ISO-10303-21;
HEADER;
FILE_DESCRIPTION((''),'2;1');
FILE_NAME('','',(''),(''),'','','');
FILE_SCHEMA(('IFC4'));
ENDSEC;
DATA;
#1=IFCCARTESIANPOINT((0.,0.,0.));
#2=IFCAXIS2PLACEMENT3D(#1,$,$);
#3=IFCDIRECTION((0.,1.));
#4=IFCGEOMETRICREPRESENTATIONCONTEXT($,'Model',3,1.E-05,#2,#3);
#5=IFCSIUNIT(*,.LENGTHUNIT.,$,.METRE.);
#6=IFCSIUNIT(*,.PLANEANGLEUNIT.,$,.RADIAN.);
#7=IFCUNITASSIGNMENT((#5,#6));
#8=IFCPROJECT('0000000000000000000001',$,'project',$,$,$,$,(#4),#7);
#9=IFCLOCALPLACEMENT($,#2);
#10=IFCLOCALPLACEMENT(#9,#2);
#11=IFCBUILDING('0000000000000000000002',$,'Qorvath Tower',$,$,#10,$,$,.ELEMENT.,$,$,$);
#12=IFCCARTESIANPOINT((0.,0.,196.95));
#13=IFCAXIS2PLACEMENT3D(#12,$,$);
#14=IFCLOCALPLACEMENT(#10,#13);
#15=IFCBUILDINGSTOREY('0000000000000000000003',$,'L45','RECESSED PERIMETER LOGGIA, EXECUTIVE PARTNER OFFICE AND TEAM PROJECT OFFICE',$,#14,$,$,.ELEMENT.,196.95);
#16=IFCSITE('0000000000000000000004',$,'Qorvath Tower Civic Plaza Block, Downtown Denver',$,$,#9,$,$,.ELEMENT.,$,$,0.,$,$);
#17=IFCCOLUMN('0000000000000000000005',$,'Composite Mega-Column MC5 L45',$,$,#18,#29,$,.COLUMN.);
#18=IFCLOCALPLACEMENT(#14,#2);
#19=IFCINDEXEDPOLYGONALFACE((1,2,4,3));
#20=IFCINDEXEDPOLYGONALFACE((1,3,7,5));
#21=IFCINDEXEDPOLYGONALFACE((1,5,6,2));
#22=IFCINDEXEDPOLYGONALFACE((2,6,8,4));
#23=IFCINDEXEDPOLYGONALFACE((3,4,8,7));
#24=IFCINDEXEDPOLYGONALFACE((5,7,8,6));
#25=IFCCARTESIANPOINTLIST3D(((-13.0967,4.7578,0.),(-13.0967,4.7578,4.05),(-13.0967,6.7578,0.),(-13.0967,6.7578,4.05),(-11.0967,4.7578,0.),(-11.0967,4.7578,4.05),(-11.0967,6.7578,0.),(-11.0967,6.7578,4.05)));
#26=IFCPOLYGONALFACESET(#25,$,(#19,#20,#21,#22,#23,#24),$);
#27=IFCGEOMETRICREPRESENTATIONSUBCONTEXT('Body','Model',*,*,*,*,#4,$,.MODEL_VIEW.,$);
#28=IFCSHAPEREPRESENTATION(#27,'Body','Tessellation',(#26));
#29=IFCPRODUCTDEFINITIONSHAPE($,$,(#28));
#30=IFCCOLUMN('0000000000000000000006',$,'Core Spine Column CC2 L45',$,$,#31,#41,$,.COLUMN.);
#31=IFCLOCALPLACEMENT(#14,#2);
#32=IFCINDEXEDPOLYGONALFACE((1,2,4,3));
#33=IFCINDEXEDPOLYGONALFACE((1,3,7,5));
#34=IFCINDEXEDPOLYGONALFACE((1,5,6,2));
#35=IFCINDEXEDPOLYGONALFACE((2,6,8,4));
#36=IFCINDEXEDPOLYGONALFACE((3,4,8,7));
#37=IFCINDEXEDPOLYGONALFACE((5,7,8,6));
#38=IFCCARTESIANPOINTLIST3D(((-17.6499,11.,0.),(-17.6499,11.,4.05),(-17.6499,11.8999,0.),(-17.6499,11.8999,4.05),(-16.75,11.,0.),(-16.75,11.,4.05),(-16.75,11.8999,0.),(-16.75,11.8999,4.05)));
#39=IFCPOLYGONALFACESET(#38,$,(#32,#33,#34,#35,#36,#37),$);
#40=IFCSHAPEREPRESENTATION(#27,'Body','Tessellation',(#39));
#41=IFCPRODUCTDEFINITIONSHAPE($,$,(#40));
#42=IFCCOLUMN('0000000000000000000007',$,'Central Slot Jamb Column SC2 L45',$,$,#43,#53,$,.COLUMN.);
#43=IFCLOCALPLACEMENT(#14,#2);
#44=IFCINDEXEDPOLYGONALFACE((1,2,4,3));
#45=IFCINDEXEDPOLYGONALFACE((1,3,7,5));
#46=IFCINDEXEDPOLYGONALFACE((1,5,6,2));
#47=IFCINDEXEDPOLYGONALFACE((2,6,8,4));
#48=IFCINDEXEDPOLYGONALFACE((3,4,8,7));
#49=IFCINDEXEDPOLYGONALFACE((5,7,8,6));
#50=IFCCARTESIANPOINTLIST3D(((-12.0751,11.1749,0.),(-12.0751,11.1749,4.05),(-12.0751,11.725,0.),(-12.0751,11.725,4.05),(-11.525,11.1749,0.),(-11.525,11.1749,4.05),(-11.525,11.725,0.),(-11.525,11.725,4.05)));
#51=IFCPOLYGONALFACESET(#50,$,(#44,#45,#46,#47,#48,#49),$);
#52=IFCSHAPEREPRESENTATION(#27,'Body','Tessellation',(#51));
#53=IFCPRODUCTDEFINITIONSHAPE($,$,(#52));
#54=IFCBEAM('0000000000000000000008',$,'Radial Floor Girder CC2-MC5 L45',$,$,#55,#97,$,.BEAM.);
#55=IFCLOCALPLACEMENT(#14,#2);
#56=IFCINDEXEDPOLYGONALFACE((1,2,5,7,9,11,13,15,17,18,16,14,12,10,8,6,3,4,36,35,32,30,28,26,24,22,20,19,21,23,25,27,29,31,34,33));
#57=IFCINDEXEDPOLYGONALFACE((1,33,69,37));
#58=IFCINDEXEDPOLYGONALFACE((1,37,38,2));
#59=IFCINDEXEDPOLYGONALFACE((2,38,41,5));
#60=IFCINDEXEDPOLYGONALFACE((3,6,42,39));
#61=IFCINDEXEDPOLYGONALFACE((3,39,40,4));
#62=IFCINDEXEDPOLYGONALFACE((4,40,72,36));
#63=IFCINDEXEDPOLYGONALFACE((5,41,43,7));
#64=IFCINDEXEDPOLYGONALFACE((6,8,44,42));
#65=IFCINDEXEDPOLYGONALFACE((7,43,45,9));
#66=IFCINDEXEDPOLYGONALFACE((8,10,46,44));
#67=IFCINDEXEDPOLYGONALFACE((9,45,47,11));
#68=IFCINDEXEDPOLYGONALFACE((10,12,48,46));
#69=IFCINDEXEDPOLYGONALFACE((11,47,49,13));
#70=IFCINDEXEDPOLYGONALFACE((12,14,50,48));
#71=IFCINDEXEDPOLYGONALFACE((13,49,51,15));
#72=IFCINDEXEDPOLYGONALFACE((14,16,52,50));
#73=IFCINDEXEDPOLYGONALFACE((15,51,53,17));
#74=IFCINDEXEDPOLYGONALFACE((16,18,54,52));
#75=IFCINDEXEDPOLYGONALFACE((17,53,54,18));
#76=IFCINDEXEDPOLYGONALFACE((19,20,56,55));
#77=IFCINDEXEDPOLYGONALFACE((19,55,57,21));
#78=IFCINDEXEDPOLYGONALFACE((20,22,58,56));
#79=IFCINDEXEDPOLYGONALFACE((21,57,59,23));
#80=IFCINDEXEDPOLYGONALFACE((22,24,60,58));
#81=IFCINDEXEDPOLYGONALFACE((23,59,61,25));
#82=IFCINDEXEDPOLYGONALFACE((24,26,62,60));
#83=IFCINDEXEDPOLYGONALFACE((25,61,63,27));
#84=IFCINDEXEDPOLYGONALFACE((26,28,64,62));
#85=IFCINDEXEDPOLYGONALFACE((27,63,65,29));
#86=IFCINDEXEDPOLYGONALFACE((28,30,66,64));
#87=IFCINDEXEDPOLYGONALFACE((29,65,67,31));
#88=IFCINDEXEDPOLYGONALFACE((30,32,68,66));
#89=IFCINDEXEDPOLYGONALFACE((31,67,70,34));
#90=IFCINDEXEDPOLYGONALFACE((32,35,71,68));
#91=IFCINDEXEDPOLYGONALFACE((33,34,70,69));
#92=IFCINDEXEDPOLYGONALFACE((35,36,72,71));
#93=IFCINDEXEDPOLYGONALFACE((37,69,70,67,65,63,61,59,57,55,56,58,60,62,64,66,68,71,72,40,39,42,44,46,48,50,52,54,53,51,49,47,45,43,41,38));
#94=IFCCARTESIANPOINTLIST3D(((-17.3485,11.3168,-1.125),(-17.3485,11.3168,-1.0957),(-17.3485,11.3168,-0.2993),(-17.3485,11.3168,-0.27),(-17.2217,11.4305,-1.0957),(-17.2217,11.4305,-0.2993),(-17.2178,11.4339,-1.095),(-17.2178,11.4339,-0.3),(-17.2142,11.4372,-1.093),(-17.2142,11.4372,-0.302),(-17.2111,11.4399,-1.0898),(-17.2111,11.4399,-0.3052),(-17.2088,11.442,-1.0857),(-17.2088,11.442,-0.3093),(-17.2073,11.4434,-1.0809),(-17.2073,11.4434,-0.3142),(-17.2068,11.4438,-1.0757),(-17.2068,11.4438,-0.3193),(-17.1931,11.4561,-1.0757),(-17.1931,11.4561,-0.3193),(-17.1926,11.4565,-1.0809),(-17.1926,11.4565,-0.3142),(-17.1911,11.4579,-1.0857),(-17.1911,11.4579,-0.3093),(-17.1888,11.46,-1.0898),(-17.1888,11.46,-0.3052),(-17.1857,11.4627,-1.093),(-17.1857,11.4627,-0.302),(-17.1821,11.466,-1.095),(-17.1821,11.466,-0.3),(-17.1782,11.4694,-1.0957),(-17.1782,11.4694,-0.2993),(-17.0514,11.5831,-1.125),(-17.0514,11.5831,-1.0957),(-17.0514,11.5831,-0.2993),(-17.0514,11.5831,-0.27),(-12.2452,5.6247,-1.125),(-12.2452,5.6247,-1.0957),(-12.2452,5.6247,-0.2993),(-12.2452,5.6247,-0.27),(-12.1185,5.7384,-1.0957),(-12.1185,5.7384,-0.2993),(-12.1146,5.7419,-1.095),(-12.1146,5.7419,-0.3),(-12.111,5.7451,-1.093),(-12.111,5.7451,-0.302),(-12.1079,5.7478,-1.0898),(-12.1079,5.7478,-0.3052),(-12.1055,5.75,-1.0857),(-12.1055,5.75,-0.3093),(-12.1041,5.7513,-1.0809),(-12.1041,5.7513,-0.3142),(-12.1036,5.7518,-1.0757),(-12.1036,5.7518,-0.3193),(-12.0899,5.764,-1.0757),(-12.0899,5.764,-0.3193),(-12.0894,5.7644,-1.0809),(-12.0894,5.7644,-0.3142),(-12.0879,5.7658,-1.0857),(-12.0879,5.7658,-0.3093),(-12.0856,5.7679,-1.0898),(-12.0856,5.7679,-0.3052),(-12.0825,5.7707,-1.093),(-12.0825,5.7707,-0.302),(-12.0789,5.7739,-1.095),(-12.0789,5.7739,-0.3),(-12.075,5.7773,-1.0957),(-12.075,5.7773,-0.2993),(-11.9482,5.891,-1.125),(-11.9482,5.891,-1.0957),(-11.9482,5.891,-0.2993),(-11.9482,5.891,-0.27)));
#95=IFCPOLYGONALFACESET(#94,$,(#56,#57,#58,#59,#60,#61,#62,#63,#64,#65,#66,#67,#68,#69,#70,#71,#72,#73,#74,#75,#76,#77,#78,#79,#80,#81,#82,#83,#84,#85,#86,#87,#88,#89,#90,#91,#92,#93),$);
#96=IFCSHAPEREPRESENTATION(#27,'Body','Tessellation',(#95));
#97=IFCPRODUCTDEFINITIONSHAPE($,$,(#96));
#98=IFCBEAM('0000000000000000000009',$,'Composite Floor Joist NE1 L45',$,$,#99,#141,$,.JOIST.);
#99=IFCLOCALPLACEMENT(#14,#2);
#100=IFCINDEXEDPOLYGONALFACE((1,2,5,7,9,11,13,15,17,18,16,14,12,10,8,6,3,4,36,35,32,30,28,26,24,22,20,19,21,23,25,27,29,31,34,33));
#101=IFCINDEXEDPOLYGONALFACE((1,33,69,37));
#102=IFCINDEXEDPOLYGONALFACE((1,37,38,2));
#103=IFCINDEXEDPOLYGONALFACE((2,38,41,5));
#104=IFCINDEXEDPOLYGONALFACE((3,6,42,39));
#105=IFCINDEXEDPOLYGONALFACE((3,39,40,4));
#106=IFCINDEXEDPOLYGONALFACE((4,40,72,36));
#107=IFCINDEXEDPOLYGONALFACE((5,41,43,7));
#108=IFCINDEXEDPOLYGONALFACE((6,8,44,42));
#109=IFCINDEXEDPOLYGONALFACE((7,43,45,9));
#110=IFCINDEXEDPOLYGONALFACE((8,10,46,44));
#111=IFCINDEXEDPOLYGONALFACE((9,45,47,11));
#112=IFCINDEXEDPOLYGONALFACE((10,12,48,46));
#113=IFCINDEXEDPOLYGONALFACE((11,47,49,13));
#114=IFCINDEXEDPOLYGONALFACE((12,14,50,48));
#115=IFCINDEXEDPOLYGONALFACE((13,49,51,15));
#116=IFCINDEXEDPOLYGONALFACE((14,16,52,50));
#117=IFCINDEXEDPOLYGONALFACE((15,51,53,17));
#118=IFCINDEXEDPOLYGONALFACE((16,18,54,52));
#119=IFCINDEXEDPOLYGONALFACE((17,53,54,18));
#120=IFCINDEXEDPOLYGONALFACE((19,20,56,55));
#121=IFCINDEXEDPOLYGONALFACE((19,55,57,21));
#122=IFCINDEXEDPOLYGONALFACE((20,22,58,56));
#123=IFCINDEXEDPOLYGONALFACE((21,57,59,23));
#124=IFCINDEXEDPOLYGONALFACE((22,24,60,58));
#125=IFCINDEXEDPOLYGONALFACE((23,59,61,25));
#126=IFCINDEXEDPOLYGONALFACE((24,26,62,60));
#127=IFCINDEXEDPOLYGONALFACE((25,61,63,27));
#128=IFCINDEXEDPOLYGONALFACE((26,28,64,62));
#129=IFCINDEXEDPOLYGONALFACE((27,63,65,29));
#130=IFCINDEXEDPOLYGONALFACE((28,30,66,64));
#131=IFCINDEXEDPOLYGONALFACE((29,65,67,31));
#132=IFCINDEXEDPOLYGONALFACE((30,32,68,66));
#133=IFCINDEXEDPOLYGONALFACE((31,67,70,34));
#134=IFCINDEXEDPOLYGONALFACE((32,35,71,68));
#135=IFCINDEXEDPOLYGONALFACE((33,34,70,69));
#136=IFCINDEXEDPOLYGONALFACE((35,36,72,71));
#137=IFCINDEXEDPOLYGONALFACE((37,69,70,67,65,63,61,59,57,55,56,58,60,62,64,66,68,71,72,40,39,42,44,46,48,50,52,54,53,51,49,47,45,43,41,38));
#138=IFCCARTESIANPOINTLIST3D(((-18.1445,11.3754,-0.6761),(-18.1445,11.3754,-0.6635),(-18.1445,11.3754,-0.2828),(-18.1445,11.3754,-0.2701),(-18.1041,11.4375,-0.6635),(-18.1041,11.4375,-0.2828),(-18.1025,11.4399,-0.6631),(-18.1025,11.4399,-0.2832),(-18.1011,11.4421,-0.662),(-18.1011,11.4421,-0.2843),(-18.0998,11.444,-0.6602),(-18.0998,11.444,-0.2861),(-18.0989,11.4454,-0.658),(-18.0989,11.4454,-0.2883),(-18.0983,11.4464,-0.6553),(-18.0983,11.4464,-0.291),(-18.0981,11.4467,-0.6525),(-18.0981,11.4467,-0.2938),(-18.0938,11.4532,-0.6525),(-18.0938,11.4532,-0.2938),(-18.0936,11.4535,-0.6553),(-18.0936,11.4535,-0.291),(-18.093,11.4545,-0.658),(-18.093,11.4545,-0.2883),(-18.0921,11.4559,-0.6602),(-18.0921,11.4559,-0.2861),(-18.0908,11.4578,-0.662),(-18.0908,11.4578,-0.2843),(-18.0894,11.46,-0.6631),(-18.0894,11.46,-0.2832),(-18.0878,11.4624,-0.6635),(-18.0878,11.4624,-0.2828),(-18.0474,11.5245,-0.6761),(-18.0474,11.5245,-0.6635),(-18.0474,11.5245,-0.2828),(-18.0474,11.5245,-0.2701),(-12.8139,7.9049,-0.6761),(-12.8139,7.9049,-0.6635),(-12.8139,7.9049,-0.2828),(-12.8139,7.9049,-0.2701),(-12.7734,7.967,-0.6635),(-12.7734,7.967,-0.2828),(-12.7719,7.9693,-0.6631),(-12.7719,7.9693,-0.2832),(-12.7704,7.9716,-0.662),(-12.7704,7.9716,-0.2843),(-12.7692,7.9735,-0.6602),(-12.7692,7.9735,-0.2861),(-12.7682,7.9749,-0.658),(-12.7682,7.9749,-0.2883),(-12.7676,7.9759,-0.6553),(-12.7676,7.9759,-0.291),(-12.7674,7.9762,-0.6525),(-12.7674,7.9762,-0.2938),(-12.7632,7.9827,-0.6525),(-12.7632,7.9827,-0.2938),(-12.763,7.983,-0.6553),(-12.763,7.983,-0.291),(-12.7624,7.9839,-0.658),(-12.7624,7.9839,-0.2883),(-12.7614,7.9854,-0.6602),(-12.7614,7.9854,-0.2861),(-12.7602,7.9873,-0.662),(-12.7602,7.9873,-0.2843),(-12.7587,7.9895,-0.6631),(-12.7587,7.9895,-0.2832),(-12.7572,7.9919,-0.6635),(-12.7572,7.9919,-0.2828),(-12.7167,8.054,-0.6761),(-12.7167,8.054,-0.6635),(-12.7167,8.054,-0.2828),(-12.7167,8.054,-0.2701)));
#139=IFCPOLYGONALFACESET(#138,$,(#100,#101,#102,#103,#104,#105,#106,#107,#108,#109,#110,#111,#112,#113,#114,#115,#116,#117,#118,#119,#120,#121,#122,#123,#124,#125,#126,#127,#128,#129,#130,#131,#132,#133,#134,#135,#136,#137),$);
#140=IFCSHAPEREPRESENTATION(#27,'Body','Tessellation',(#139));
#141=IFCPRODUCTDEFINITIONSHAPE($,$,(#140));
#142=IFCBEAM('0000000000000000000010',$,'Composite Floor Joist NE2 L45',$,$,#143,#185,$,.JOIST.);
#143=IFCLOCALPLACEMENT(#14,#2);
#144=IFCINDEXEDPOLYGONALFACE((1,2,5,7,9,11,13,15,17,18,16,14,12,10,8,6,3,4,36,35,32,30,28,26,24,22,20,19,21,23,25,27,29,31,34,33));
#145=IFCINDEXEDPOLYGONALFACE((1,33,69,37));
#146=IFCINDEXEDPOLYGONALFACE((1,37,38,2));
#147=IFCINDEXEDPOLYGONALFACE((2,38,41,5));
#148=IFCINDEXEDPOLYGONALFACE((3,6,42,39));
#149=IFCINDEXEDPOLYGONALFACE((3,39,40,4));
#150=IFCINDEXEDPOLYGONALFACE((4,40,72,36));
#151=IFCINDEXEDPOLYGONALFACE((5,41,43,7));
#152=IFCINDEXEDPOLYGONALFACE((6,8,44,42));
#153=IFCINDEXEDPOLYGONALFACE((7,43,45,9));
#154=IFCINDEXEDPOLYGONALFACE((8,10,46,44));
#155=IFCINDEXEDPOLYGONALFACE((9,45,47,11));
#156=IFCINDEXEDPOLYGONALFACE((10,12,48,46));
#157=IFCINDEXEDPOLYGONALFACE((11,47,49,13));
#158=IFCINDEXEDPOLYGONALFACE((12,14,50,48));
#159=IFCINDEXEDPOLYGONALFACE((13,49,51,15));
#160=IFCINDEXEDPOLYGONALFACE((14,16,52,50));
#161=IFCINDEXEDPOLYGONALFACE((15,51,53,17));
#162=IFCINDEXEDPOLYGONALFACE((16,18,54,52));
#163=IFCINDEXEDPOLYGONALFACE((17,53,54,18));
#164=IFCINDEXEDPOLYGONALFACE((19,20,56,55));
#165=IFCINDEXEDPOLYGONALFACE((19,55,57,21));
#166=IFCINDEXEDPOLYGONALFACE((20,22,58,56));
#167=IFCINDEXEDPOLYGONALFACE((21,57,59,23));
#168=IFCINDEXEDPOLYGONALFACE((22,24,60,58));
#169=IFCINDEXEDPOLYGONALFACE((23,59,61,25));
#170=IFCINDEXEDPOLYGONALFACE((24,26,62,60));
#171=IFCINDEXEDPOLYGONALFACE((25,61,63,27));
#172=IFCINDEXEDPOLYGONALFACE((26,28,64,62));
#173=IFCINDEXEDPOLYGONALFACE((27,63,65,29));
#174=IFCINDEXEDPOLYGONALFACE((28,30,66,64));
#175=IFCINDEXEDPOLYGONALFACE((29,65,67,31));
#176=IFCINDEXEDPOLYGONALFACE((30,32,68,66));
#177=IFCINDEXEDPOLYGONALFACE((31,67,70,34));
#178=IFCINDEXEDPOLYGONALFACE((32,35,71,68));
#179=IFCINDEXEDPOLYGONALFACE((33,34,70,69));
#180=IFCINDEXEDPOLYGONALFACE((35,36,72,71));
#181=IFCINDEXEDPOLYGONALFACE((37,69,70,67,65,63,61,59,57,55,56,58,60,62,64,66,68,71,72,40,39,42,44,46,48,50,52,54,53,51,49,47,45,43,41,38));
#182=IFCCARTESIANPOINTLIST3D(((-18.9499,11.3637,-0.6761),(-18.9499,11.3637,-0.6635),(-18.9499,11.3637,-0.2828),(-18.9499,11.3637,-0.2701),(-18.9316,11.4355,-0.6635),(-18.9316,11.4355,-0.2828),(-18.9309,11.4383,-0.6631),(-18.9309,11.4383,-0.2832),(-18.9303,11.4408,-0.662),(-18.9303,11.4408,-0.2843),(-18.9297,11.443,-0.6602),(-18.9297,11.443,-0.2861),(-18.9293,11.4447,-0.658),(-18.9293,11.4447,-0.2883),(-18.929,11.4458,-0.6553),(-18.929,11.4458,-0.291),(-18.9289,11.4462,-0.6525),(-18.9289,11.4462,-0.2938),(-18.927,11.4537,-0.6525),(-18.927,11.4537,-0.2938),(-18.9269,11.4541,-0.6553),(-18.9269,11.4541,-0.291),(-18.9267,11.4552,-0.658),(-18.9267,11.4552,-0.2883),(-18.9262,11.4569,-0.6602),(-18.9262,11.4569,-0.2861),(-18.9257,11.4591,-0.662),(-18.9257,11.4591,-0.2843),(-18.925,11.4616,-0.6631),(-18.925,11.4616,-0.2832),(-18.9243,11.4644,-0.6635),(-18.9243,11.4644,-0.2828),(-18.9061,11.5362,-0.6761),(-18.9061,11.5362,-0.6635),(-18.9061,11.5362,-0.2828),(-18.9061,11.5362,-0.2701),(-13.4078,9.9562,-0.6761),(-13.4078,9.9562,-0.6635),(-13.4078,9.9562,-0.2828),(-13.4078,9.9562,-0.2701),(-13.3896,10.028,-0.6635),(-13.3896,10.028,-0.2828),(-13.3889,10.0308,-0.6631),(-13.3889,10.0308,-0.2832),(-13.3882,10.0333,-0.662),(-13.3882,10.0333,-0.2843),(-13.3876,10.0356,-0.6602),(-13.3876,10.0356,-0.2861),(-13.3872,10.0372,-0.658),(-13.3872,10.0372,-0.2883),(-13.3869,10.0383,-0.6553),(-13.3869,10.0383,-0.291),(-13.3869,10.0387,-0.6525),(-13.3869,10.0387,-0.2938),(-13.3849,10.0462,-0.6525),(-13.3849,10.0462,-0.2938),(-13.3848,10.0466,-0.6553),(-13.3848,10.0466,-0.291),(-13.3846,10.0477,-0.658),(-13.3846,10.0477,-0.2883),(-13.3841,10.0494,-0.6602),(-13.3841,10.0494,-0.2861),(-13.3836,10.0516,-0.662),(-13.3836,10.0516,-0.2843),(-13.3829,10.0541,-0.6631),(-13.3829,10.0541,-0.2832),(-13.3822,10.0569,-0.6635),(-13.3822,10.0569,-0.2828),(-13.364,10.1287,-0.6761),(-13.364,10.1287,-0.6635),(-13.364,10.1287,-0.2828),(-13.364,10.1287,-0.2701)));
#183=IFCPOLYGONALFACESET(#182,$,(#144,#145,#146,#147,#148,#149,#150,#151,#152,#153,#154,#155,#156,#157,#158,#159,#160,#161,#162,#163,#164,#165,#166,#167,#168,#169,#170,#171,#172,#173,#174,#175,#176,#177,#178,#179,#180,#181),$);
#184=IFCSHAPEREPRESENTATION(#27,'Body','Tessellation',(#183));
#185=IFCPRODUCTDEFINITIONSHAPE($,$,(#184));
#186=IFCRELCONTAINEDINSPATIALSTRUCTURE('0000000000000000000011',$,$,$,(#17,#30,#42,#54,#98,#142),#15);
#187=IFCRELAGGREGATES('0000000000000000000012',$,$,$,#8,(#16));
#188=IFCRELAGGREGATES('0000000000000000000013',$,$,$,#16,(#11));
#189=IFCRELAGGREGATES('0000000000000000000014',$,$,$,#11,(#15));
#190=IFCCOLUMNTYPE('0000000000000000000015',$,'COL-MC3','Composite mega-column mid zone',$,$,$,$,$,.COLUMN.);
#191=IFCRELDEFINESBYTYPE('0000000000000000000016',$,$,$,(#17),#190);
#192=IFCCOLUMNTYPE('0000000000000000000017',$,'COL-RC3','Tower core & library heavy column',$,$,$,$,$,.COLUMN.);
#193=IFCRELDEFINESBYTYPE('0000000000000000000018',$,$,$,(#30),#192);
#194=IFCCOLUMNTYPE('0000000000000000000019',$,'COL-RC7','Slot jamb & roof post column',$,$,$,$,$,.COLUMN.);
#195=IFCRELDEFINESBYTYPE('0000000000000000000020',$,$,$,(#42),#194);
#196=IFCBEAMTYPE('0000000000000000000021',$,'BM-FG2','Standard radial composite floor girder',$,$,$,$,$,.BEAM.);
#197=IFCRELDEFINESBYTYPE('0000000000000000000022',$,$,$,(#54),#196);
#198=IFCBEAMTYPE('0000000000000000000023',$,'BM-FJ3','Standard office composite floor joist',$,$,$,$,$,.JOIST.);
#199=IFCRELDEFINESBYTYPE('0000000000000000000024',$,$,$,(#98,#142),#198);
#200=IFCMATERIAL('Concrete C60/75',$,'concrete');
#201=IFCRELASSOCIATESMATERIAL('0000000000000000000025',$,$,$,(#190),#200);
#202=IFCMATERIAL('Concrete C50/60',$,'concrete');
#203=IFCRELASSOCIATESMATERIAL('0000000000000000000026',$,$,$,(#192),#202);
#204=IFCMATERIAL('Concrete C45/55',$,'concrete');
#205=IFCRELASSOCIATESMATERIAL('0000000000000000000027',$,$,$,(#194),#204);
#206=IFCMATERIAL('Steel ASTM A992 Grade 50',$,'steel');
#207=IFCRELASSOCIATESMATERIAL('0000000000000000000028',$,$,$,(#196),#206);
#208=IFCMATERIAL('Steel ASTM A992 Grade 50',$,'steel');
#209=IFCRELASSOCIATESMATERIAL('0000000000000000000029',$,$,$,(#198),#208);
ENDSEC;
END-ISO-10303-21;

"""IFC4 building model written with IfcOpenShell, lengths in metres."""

from ifc_helpers import new_model, si_unit, direction, frame, origin, origin_2d, place, context, subcontext, project, spatial, rectangle, i_section, extrude, material, material_profile, profile_set, type_object, element, save


model = new_model("IFC4")

# Units and contexts
model_context = context("Model", 3, precision=1e-05, world=origin(), true_north=direction((0.0, 1.0)))
body_context = subcontext(model_context, "Body", "Model", "MODEL_VIEW")
ifc_project = project(units=[si_unit("LENGTHUNIT", "METRE"), si_unit("PLANEANGLEUNIT", "RADIAN")], contexts=[model_context])

# Site, building, storey
site_placement = place(None, origin())
site = spatial("IfcSite", under=ifc_project, at=site_placement, Name="Qorvath Tower Civic Plaza Block, Downtown Denver", CompositionType="ELEMENT", RefElevation=0.0)
building_placement = place(site_placement, origin())
building = spatial("IfcBuilding", under=site, at=building_placement, Name="Qorvath Tower", CompositionType="ELEMENT")
storey_placement = place(building_placement, frame((0.0, 0.0, 196.95)))
storey = spatial("IfcBuildingStorey", under=building, at=storey_placement, Name="L45", Description="RECESSED PERIMETER LOGGIA, EXECUTIVE PARTNER OFFICE AND TEAM PROJECT OFFICE", CompositionType="ELEMENT", Elevation=196.95)

# Columns
ifc_material_1 = material(Name="Concrete C60/75", Category="concrete")
ifc_material_profile_1 = material_profile(ifc_material_1, rectangle(XDim=2.0, YDim=2.0, at=origin_2d()), Name="MC 2000x2000")
ifc_profile_set_1 = profile_set([ifc_material_profile_1], Name="Concrete C60/75")
column_type_1 = type_object("IfcColumnType", Name="COL-MC3", Description="Composite mega-column mid zone", PredefinedType="COLUMN", material=ifc_profile_set_1)
column_1_placement = place(storey_placement, frame((-12.0967, 5.7578, 0.0), z_axis=(0.0, 0.0, 1.0), x_axis=(1.0, 0.0, 0.0)))
element("IfcColumn", 1, at=column_1_placement, inside=storey, type_object=column_type_1, Name="Composite Mega-Column MC5 L45", PredefinedType="COLUMN", context=body_context, shape_type="SweptSolid", body=[
    extrude(rectangle(XDim=2.0, YDim=2.0, at=origin_2d()), origin(), (0.0, 0.0, 1.0), 4.05),
])
ifc_material_2 = material(Name="Concrete C50/60", Category="concrete")
ifc_material_profile_2 = material_profile(ifc_material_2, rectangle(XDim=0.8999, YDim=0.8999, at=origin_2d()), Name="RC 900x900")
ifc_profile_set_2 = profile_set([ifc_material_profile_2], Name="Concrete C50/60")
column_type_2 = type_object("IfcColumnType", Name="COL-RC3", Description="Tower core & library heavy column", PredefinedType="COLUMN", material=ifc_profile_set_2)
column_2_placement = place(storey_placement, frame((-17.2, 11.45, 0.0), z_axis=(0.0, 0.0, 1.0), x_axis=(1.0, 0.0, 0.0)))
element("IfcColumn", 2, at=column_2_placement, inside=storey, type_object=column_type_2, Name="Core Spine Column CC2 L45", PredefinedType="COLUMN", context=body_context, shape_type="SweptSolid", body=[
    extrude(rectangle(XDim=0.8999, YDim=0.8999, at=origin_2d()), origin(), (0.0, 0.0, 1.0), 4.05),
])
ifc_material_3 = material(Name="Concrete C45/55", Category="concrete")
ifc_material_profile_3 = material_profile(ifc_material_3, rectangle(XDim=0.55, YDim=0.55, at=origin_2d()), Name="RC 550x550")
ifc_profile_set_3 = profile_set([ifc_material_profile_3], Name="Concrete C45/55")
column_type_3 = type_object("IfcColumnType", Name="COL-RC7", Description="Slot jamb & roof post column", PredefinedType="COLUMN", material=ifc_profile_set_3)
column_3_placement = place(storey_placement, frame((-11.8, 11.45, 0.0), z_axis=(0.0, 0.0, 1.0), x_axis=(1.0, 0.0, 0.0)))
element("IfcColumn", 3, at=column_3_placement, inside=storey, type_object=column_type_3, Name="Central Slot Jamb Column SC2 L45", PredefinedType="COLUMN", context=body_context, shape_type="SweptSolid", body=[
    extrude(rectangle(XDim=0.55, YDim=0.55, at=origin_2d()), origin(), (0.0, 0.0, 1.0), 4.05),
])

# Beams
ifc_material_4 = material(Name="Steel ASTM A992 Grade 50", Category="steel")
ifc_material_profile_4 = material_profile(ifc_material_4, i_section(OverallWidth=0.3989, OverallDepth=0.855, WebThickness=0.0183, FlangeThickness=0.0293, FilletRadius=0.02, at=origin_2d()), Name="W33x201")
ifc_profile_set_4 = profile_set([ifc_material_profile_4], Name="Steel ASTM A992 Grade 50")
beam_type_1 = type_object("IfcBeamType", Name="BM-FG2", Description="Standard radial composite floor girder", PredefinedType="BEAM", material=ifc_profile_set_4)
beam_1_placement = place(storey_placement, frame((-17.2, 11.45, -0.6975), z_axis=(0.667543, -0.744571, 0.0), x_axis=(0.744571, 0.667543, 0.0)))
element("IfcBeam", 4, at=beam_1_placement, inside=storey, type_object=beam_type_1, Name="Radial Floor Girder CC2-MC5 L45", PredefinedType="BEAM", context=body_context, shape_type="SweptSolid", body=[
    extrude(i_section(OverallWidth=0.3989, OverallDepth=0.855, WebThickness=0.0183, FlangeThickness=0.0293, FilletRadius=0.02, at=origin_2d()), origin(), (0.0, 0.0, 1.0), 7.6448),
])
ifc_material_5 = material(Name="Steel ASTM A992 Grade 50", Category="steel")
ifc_material_profile_5 = material_profile(ifc_material_5, i_section(OverallWidth=0.178, OverallDepth=0.406, WebThickness=0.0078, FlangeThickness=0.0127, FilletRadius=0.011, at=origin_2d()), Name="W16x40")
ifc_profile_set_5 = profile_set([ifc_material_profile_5], Name="Steel ASTM A992 Grade 50")
beam_type_2 = type_object("IfcBeamType", Name="BM-FJ3", Description="Standard office composite floor joist", PredefinedType="JOIST", material=ifc_profile_set_5)
beam_2_placement = place(storey_placement, frame((-18.0959, 11.45, -0.4731), z_axis=(0.838042, -0.545606, 0.0), x_axis=(0.545606, 0.838042, 0.0)))
element("IfcBeam", 5, at=beam_2_placement, inside=storey, type_object=beam_type_2, Name="Composite Floor Joist NE1 L45", PredefinedType="JOIST", context=body_context, shape_type="SweptSolid", body=[
    extrude(i_section(OverallWidth=0.178, OverallDepth=0.406, WebThickness=0.0078, FlangeThickness=0.0127, FilletRadius=0.011, at=origin_2d()), origin(), (0.0, 0.0, 1.0), 6.3608),
])
beam_3_placement = place(storey_placement, frame((-18.928, 11.45, -0.4731), z_axis=(0.969232, -0.246151, 0.0), x_axis=(0.246151, 0.969232, 0.0)))
element("IfcBeam", 6, at=beam_3_placement, inside=storey, type_object=beam_type_2, Name="Composite Floor Joist NE2 L45", PredefinedType="JOIST", context=body_context, shape_type="SweptSolid", body=[
    extrude(i_section(OverallWidth=0.178, OverallDepth=0.406, WebThickness=0.0078, FlangeThickness=0.0127, FilletRadius=0.011, at=origin_2d()), origin(), (0.0, 0.0, 1.0), 5.718),
])

save(model, "model.ifc")
